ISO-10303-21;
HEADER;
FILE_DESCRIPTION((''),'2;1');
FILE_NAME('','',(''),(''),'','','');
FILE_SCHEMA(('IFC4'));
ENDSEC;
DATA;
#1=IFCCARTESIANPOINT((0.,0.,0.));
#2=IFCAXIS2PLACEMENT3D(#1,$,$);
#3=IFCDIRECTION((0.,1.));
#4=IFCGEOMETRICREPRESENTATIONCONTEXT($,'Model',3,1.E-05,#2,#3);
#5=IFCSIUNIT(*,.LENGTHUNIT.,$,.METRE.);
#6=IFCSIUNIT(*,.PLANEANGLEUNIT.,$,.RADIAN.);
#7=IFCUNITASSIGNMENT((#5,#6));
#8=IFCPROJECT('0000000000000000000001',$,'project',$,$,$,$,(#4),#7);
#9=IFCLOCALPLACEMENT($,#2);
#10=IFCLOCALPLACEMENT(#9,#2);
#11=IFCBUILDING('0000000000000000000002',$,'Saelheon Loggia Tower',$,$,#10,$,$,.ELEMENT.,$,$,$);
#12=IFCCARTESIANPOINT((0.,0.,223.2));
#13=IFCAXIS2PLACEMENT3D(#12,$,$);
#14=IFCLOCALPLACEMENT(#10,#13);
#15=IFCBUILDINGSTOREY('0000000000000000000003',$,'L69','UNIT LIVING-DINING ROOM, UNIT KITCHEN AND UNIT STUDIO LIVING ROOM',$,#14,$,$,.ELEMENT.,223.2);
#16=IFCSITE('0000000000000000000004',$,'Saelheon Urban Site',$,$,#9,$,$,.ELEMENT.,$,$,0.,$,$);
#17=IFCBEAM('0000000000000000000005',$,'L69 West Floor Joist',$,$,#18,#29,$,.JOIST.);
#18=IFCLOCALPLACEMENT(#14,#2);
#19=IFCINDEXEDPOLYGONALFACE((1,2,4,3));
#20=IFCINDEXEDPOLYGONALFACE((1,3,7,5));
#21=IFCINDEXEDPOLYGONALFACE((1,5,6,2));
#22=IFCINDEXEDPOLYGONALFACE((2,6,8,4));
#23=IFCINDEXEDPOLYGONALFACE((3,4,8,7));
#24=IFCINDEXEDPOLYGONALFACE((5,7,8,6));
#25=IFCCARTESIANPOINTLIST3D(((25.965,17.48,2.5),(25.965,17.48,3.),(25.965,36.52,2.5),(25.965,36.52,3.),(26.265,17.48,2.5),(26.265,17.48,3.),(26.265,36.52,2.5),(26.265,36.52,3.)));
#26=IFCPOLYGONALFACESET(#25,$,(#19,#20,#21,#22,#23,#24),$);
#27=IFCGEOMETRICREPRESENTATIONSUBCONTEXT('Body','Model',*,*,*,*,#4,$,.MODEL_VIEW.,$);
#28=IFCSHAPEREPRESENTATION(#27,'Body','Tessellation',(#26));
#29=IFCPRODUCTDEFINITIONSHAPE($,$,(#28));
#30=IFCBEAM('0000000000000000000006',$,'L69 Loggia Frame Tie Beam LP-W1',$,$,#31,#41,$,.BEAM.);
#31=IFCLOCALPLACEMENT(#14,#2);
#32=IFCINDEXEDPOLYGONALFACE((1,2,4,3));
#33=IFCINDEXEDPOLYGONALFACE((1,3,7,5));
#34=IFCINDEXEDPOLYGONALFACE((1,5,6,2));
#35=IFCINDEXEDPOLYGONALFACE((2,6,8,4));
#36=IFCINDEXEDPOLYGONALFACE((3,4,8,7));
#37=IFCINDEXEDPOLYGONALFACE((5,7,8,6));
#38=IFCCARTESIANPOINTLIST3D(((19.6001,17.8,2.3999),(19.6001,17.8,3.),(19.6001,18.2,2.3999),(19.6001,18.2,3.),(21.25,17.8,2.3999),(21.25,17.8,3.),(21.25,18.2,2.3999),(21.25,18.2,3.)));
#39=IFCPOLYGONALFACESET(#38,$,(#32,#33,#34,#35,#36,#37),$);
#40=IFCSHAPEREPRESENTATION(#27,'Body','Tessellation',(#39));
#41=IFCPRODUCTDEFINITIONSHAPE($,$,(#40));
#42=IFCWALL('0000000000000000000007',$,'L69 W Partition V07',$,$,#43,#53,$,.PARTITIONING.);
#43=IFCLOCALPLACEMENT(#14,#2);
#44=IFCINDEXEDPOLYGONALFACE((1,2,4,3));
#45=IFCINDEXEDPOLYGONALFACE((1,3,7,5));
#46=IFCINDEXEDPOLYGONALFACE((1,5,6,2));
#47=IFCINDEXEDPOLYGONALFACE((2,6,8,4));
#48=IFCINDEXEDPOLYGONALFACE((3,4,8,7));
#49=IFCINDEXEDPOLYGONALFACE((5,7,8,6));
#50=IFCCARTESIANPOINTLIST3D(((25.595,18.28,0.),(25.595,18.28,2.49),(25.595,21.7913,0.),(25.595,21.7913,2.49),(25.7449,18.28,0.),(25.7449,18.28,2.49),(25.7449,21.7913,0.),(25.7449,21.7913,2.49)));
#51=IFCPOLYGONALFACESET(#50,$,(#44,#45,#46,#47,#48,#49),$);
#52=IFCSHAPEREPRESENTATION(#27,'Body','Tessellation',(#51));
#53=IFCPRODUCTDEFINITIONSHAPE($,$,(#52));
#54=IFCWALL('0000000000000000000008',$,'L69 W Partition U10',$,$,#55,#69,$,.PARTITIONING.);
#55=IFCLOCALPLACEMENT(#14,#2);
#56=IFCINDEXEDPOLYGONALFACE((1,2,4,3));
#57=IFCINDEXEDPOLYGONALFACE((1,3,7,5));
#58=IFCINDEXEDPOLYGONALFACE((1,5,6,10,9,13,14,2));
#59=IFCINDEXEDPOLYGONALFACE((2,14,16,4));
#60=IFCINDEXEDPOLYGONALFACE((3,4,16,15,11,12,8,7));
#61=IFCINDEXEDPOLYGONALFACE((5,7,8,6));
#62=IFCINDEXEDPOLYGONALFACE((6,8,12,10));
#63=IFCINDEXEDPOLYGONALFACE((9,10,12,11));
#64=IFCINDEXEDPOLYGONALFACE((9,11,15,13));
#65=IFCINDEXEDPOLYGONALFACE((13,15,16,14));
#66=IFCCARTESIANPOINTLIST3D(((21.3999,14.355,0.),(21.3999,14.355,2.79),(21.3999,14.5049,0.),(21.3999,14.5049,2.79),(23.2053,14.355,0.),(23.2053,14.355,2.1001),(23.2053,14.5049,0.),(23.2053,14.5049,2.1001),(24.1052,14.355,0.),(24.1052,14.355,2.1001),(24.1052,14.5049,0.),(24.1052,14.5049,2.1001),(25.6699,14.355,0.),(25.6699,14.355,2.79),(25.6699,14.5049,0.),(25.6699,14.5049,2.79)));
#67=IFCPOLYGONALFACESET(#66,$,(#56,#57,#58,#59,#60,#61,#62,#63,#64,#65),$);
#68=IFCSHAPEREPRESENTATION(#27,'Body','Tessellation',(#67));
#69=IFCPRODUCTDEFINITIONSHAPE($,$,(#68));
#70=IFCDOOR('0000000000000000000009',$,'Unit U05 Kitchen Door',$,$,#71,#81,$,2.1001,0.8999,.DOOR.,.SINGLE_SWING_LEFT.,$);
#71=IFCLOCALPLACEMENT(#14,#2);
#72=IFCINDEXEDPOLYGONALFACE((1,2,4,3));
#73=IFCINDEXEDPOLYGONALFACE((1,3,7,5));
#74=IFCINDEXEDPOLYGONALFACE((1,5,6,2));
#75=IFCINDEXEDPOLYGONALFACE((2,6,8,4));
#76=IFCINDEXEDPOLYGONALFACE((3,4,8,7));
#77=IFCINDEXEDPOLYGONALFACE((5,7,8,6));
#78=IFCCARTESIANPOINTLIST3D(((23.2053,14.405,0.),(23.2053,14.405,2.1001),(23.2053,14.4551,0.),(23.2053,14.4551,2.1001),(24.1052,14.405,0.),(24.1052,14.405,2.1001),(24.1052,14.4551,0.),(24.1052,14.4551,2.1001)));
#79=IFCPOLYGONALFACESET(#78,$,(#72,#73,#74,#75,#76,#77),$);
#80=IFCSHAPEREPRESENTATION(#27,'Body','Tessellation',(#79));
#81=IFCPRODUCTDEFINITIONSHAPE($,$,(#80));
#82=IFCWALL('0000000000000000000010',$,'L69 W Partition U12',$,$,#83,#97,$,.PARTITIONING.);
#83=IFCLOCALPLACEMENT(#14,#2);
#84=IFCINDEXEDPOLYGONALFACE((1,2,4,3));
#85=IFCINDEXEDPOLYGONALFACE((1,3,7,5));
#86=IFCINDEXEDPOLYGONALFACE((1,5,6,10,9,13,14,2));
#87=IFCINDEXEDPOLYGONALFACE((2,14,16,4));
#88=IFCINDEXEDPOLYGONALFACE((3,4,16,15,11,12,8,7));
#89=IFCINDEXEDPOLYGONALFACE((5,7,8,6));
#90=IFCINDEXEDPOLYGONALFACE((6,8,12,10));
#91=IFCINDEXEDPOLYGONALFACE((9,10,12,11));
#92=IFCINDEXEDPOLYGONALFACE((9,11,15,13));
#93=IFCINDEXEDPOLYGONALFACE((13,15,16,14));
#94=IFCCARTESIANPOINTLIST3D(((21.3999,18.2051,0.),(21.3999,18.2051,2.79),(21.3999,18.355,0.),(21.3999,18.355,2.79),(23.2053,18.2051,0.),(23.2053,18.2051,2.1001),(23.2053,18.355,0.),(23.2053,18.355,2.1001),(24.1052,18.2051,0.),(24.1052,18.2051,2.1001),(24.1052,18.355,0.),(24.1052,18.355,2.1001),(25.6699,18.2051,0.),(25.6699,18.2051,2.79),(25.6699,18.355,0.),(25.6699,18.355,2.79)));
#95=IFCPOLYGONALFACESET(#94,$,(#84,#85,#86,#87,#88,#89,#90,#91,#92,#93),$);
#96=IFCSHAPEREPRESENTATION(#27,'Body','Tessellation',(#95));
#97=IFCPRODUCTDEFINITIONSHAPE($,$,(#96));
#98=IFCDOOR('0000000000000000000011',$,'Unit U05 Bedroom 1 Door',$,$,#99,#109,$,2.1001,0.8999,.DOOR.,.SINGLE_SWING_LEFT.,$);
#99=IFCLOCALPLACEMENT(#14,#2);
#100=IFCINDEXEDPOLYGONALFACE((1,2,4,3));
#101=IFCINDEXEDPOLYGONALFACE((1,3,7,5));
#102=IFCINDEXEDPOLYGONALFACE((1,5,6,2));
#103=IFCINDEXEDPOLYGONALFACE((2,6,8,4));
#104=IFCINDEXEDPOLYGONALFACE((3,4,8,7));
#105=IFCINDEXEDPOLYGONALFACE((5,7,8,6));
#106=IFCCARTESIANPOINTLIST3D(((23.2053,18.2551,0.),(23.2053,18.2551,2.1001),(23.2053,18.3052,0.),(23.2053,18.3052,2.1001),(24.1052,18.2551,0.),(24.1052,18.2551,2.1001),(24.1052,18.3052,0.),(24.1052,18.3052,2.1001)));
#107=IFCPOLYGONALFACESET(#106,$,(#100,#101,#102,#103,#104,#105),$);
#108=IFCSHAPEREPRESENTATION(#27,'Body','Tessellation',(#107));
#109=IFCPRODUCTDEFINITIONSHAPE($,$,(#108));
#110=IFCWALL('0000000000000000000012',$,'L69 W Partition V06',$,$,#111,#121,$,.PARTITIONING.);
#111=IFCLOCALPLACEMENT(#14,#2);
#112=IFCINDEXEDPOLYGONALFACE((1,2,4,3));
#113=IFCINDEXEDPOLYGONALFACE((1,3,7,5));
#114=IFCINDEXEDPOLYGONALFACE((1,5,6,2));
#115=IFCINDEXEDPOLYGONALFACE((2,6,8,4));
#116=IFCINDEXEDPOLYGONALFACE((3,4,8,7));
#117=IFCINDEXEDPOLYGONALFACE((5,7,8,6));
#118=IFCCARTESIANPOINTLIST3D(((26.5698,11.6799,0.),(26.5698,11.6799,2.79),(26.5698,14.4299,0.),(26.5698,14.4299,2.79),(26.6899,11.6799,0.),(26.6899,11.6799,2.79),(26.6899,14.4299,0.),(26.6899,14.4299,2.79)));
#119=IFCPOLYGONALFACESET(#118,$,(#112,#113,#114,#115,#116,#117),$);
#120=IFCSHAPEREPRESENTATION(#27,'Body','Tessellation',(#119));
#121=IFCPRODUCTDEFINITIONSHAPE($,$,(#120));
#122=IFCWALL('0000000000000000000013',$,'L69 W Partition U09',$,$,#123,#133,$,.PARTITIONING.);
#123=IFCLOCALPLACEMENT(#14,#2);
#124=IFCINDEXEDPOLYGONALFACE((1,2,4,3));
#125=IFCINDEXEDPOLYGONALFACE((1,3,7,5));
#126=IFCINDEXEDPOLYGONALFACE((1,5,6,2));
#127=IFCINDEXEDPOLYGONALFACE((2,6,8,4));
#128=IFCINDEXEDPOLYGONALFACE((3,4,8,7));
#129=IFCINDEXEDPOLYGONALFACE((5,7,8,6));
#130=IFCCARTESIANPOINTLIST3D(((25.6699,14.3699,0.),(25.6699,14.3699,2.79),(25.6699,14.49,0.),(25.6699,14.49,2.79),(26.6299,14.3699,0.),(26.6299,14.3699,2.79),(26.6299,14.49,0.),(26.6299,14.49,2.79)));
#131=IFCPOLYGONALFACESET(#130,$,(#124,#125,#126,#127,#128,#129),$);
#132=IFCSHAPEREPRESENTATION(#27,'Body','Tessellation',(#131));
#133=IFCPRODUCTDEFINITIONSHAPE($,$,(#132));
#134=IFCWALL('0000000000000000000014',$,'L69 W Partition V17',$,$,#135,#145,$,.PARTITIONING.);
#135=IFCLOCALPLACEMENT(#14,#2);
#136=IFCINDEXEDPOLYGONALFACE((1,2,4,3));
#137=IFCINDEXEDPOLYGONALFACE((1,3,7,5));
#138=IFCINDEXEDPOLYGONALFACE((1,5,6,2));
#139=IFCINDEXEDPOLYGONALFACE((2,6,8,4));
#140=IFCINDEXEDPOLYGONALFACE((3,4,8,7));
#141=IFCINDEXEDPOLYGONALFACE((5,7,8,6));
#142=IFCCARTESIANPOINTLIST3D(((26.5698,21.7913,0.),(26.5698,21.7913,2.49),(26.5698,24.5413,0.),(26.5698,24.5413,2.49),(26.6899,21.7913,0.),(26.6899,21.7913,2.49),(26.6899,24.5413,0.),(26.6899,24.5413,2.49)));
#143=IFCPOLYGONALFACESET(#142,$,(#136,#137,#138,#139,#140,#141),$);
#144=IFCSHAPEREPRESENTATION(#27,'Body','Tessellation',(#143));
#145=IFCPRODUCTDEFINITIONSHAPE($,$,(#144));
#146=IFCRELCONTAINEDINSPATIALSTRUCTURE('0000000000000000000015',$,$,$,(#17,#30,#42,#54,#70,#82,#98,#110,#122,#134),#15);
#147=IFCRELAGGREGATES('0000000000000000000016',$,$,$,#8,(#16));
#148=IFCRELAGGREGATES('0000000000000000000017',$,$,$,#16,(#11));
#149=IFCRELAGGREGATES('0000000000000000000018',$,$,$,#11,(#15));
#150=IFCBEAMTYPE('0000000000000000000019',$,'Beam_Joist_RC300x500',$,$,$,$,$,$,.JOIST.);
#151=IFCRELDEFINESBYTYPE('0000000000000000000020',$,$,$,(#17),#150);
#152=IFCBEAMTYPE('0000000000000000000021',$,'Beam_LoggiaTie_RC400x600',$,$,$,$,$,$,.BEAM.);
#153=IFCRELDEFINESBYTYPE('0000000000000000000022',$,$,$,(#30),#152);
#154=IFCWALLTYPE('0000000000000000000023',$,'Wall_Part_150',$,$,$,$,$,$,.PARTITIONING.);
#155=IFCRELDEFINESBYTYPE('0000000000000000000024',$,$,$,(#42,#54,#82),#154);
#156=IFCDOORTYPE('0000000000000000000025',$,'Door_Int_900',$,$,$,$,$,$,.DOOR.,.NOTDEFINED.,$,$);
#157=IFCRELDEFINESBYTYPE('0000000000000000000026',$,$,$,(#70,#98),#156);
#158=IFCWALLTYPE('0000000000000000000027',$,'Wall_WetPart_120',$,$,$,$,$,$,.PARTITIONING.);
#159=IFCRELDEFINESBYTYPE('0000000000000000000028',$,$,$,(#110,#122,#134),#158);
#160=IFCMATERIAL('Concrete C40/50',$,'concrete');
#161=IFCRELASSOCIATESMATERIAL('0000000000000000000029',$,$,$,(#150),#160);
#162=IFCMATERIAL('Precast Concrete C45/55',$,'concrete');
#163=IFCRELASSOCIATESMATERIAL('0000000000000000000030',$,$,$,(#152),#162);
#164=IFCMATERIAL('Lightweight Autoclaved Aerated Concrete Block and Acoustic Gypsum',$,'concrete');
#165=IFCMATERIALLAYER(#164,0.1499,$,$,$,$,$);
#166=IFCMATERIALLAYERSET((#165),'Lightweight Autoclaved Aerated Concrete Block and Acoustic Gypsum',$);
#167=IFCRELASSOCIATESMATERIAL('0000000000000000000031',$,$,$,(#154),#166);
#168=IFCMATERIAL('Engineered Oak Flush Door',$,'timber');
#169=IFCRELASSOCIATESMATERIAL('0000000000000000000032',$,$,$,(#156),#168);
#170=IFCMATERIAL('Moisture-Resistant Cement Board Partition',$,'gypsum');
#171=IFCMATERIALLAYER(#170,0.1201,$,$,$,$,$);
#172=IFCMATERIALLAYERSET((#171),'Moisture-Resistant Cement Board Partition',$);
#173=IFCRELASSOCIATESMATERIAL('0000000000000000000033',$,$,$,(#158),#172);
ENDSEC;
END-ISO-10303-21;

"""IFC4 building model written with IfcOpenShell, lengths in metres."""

from ifc_helpers import new_model, si_unit, direction, frame, frame_2d, origin, origin_2d, place, context, subcontext, project, spatial, rectangle, extrude, source, transform, mapped, material, layer, layer_set, material_profile, profile_set, type_object, element, fill, save


model = new_model("IFC4")

# Units and contexts
model_context = context("Model", 3, precision=1e-05, world=origin(), true_north=direction((0.0, 1.0)))
body_context = subcontext(model_context, "Body", "Model", "MODEL_VIEW")
ifc_project = project(units=[si_unit("LENGTHUNIT", "METRE"), si_unit("PLANEANGLEUNIT", "RADIAN")], contexts=[model_context])

# Site, building, storey
site_placement = place(None, origin())
site = spatial("IfcSite", under=ifc_project, at=site_placement, Name="Saelheon Urban Site", CompositionType="ELEMENT", RefElevation=0.0)
building_placement = place(site_placement, origin())
building = spatial("IfcBuilding", under=site, at=building_placement, Name="Saelheon Loggia Tower", CompositionType="ELEMENT")
storey_placement = place(building_placement, frame((0.0, 0.0, 223.2)))
storey = spatial("IfcBuildingStorey", under=building, at=storey_placement, Name="L69", Description="UNIT LIVING-DINING ROOM, UNIT KITCHEN AND UNIT STUDIO LIVING ROOM", CompositionType="ELEMENT", Elevation=223.2)

# Beams
ifc_material_1 = material(Name="Concrete C40/50", Category="concrete")
ifc_material_profile_1 = material_profile(ifc_material_1, rectangle(XDim=0.3, YDim=0.5, at=origin_2d()), Name="RC-300x500")
ifc_profile_set_1 = profile_set([ifc_material_profile_1], Name="Concrete C40/50")
beam_type_1 = type_object("IfcBeamType", Name="Beam_Joist_RC300x500", PredefinedType="JOIST", material=ifc_profile_set_1)
shared_shape_1 = source(origin(), body_context, "Body", "SweptSolid", [
    extrude(rectangle(XDim=0.3, YDim=0.5, at=origin_2d()), origin(), (0.0, 0.0, 1.0), 19.04),
])
beam_1_placement = place(storey_placement, frame((26.115, 17.48, 2.75), z_axis=(0.0, 1.0, 0.0), x_axis=(-1.0, 0.0, 0.0)))
element("IfcBeam", 1, at=beam_1_placement, inside=storey, type_object=beam_type_1, Name="L69 West Floor Joist", PredefinedType="JOIST", context=body_context, shape_type="MappedRepresentation", body=[
    mapped(shared_shape_1, transform((0.0, 0.0, 0.0), scale=1.0)),
])
ifc_material_2 = material(Name="Precast Concrete C45/55", Category="concrete")
ifc_material_profile_2 = material_profile(ifc_material_2, rectangle(XDim=0.3999, YDim=0.6001, at=origin_2d()), Name="RC-400x600")
ifc_profile_set_2 = profile_set([ifc_material_profile_2], Name="Precast Concrete C45/55")
beam_type_2 = type_object("IfcBeamType", Name="Beam_LoggiaTie_RC400x600", PredefinedType="BEAM", material=ifc_profile_set_2)
shared_shape_2 = source(origin(), body_context, "Body", "SweptSolid", [
    extrude(rectangle(XDim=0.3999, YDim=0.6001, at=origin_2d()), origin(), (0.0, 0.0, 1.0), 1.6499),
])
beam_2_placement = place(storey_placement, frame((21.25, 18.0, 2.7), z_axis=(-1.0, 0.0, 0.0), x_axis=(0.0, -1.0, 0.0)))
element("IfcBeam", 2, at=beam_2_placement, inside=storey, type_object=beam_type_2, Name="L69 Loggia Frame Tie Beam LP-W1", PredefinedType="BEAM", context=body_context, shape_type="MappedRepresentation", body=[
    mapped(shared_shape_2, transform((0.0, 0.0, 0.0), scale=1.0)),
])

# Wall
ifc_material_3 = material(Name="Lightweight Autoclaved Aerated Concrete Block and Acoustic Gypsum", Category="concrete")
ifc_layer_1 = layer(ifc_material_3, 0.1499)
ifc_layer_set_1 = layer_set([ifc_layer_1], Name="Lightweight Autoclaved Aerated Concrete Block and Acoustic Gypsum")
wall_type_1 = type_object("IfcWallType", Name="Wall_Part_150", PredefinedType="PARTITIONING", material=ifc_layer_set_1)
wall_1_placement = place(storey_placement, frame((25.6699, 18.28, 0.0), z_axis=(0.0, 0.0, 1.0), x_axis=(0.0, 1.0, 0.0)))
element("IfcWall", 3, at=wall_1_placement, inside=storey, type_object=wall_type_1, Name="L69 W Partition V07", PredefinedType="PARTITIONING", context=body_context, shape_type="SweptSolid", body=[
    extrude(rectangle(XDim=3.5112, YDim=0.1499, at=frame_2d((1.7556, 0.0))), origin(), (0.0, 0.0, 1.0), 2.49),
])

# Walls, openings, doors
wall_2_placement = place(storey_placement, frame((25.6699, 14.4299, 0.0), z_axis=(0.0, 0.0, 1.0), x_axis=(-1.0, 0.0, 0.0)))
wall_2 = element("IfcWall", 4, at=wall_2_placement, inside=storey, type_object=wall_type_1, Name="L69 W Partition U10", PredefinedType="PARTITIONING", context=body_context, shape_type="SweptSolid", body=[
    extrude(rectangle(XDim=4.27, YDim=0.1499, at=frame_2d((2.135, 0.0))), origin(), (0.0, 0.0, 1.0), 2.79),
])
opening_1_placement = place(wall_2_placement, frame((1.5647, 0.0, 0.0)))
opening_1 = element("IfcOpeningElement", 5, at=opening_1_placement, cuts=wall_2, PredefinedType="OPENING", context=body_context, shape_type="SweptSolid", body=[
    extrude(rectangle(XDim=0.8999, YDim=2.1001, at=frame_2d((0.45, 1.05))), frame((0.0, 0.0869, 0.0), z_axis=(0.0, -1.0, 0.0), x_axis=(1.0, 0.0, 0.0)), (0.0, 0.0, 1.0), 0.1738),
])
ifc_material_4 = material(Name="Engineered Oak Flush Door", Category="timber")
door_type = type_object("IfcDoorType", Name="Door_Int_900", OperationType="NOTDEFINED", PredefinedType="DOOR", material=ifc_material_4)
shared_shape_3 = source(origin(), body_context, "Body", "SweptSolid", [
    extrude(rectangle(XDim=0.8999, YDim=2.1001, at=frame_2d((0.45, 1.05))), frame((0.0, 0.0249, 0.0), z_axis=(0.0, -1.0, 0.0), x_axis=(1.0, 0.0, 0.0)), (0.0, 0.0, 1.0), 0.05),
])
door_1_placement = place(opening_1_placement, origin())
door_1 = element("IfcDoor", 6, at=door_1_placement, inside=storey, type_object=door_type, Name="Unit U05 Kitchen Door", OperationType="SINGLE_SWING_LEFT", OverallHeight=2.1001, OverallWidth=0.8999, PredefinedType="DOOR", context=body_context, shape_type="MappedRepresentation", body=[
    mapped(shared_shape_3, transform((0.0, 0.0, 0.0), scale=1.0)),
])
fill(opening_1, door_1)
wall_3_placement = place(storey_placement, frame((25.6699, 18.28, 0.0), z_axis=(0.0, 0.0, 1.0), x_axis=(-1.0, 0.0, 0.0)))
wall_3 = element("IfcWall", 7, at=wall_3_placement, inside=storey, type_object=wall_type_1, Name="L69 W Partition U12", PredefinedType="PARTITIONING", context=body_context, shape_type="SweptSolid", body=[
    extrude(rectangle(XDim=4.27, YDim=0.1499, at=frame_2d((2.135, 0.0))), origin(), (0.0, 0.0, 1.0), 2.79),
])
opening_2_placement = place(wall_3_placement, frame((1.5647, 0.0, 0.0)))
opening_2 = element("IfcOpeningElement", 8, at=opening_2_placement, cuts=wall_3, PredefinedType="OPENING", context=body_context, shape_type="SweptSolid", body=[
    extrude(rectangle(XDim=0.8999, YDim=2.1001, at=frame_2d((0.45, 1.05))), frame((0.0, 0.0869, 0.0), z_axis=(0.0, -1.0, 0.0), x_axis=(1.0, 0.0, 0.0)), (0.0, 0.0, 1.0), 0.1738),
])
door_2_placement = place(opening_2_placement, origin())
door_2 = element("IfcDoor", 9, at=door_2_placement, inside=storey, type_object=door_type, Name="Unit U05 Bedroom 1 Door", OperationType="SINGLE_SWING_LEFT", OverallHeight=2.1001, OverallWidth=0.8999, PredefinedType="DOOR", context=body_context, shape_type="MappedRepresentation", body=[
    mapped(shared_shape_3, transform((0.0, 0.0, 0.0), scale=1.0)),
])
fill(opening_2, door_2)

# Walls
ifc_material_5 = material(Name="Moisture-Resistant Cement Board Partition", Category="gypsum")
ifc_layer_2 = layer(ifc_material_5, 0.1201)
ifc_layer_set_2 = layer_set([ifc_layer_2], Name="Moisture-Resistant Cement Board Partition")
wall_type_2 = type_object("IfcWallType", Name="Wall_WetPart_120", PredefinedType="PARTITIONING", material=ifc_layer_set_2)
wall_4_placement = place(storey_placement, frame((26.6299, 11.6799, 0.0), z_axis=(0.0, 0.0, 1.0), x_axis=(0.0, 1.0, 0.0)))
element("IfcWall", 10, at=wall_4_placement, inside=storey, type_object=wall_type_2, Name="L69 W Partition V06", PredefinedType="PARTITIONING", context=body_context, shape_type="SweptSolid", body=[
    extrude(rectangle(XDim=2.75, YDim=0.1201, at=frame_2d((1.375, 0.0))), origin(), (0.0, 0.0, 1.0), 2.79),
])
wall_5_placement = place(storey_placement, frame((26.6299, 14.4299, 0.0), z_axis=(0.0, 0.0, 1.0), x_axis=(-1.0, 0.0, 0.0)))
element("IfcWall", 11, at=wall_5_placement, inside=storey, type_object=wall_type_2, Name="L69 W Partition U09", PredefinedType="PARTITIONING", context=body_context, shape_type="SweptSolid", body=[
    extrude(rectangle(XDim=0.96, YDim=0.1201, at=frame_2d((0.48, 0.0))), origin(), (0.0, 0.0, 1.0), 2.79),
])
wall_6_placement = place(storey_placement, frame((26.6299, 21.7913, 0.0), z_axis=(0.0, 0.0, 1.0), x_axis=(0.0, 1.0, 0.0)))
element("IfcWall", 12, at=wall_6_placement, inside=storey, type_object=wall_type_2, Name="L69 W Partition V17", PredefinedType="PARTITIONING", context=body_context, shape_type="SweptSolid", body=[
    extrude(rectangle(XDim=2.75, YDim=0.1201, at=frame_2d((1.375, 0.0))), origin(), (0.0, 0.0, 1.0), 2.49),
])

save(model, "model.ifc")
